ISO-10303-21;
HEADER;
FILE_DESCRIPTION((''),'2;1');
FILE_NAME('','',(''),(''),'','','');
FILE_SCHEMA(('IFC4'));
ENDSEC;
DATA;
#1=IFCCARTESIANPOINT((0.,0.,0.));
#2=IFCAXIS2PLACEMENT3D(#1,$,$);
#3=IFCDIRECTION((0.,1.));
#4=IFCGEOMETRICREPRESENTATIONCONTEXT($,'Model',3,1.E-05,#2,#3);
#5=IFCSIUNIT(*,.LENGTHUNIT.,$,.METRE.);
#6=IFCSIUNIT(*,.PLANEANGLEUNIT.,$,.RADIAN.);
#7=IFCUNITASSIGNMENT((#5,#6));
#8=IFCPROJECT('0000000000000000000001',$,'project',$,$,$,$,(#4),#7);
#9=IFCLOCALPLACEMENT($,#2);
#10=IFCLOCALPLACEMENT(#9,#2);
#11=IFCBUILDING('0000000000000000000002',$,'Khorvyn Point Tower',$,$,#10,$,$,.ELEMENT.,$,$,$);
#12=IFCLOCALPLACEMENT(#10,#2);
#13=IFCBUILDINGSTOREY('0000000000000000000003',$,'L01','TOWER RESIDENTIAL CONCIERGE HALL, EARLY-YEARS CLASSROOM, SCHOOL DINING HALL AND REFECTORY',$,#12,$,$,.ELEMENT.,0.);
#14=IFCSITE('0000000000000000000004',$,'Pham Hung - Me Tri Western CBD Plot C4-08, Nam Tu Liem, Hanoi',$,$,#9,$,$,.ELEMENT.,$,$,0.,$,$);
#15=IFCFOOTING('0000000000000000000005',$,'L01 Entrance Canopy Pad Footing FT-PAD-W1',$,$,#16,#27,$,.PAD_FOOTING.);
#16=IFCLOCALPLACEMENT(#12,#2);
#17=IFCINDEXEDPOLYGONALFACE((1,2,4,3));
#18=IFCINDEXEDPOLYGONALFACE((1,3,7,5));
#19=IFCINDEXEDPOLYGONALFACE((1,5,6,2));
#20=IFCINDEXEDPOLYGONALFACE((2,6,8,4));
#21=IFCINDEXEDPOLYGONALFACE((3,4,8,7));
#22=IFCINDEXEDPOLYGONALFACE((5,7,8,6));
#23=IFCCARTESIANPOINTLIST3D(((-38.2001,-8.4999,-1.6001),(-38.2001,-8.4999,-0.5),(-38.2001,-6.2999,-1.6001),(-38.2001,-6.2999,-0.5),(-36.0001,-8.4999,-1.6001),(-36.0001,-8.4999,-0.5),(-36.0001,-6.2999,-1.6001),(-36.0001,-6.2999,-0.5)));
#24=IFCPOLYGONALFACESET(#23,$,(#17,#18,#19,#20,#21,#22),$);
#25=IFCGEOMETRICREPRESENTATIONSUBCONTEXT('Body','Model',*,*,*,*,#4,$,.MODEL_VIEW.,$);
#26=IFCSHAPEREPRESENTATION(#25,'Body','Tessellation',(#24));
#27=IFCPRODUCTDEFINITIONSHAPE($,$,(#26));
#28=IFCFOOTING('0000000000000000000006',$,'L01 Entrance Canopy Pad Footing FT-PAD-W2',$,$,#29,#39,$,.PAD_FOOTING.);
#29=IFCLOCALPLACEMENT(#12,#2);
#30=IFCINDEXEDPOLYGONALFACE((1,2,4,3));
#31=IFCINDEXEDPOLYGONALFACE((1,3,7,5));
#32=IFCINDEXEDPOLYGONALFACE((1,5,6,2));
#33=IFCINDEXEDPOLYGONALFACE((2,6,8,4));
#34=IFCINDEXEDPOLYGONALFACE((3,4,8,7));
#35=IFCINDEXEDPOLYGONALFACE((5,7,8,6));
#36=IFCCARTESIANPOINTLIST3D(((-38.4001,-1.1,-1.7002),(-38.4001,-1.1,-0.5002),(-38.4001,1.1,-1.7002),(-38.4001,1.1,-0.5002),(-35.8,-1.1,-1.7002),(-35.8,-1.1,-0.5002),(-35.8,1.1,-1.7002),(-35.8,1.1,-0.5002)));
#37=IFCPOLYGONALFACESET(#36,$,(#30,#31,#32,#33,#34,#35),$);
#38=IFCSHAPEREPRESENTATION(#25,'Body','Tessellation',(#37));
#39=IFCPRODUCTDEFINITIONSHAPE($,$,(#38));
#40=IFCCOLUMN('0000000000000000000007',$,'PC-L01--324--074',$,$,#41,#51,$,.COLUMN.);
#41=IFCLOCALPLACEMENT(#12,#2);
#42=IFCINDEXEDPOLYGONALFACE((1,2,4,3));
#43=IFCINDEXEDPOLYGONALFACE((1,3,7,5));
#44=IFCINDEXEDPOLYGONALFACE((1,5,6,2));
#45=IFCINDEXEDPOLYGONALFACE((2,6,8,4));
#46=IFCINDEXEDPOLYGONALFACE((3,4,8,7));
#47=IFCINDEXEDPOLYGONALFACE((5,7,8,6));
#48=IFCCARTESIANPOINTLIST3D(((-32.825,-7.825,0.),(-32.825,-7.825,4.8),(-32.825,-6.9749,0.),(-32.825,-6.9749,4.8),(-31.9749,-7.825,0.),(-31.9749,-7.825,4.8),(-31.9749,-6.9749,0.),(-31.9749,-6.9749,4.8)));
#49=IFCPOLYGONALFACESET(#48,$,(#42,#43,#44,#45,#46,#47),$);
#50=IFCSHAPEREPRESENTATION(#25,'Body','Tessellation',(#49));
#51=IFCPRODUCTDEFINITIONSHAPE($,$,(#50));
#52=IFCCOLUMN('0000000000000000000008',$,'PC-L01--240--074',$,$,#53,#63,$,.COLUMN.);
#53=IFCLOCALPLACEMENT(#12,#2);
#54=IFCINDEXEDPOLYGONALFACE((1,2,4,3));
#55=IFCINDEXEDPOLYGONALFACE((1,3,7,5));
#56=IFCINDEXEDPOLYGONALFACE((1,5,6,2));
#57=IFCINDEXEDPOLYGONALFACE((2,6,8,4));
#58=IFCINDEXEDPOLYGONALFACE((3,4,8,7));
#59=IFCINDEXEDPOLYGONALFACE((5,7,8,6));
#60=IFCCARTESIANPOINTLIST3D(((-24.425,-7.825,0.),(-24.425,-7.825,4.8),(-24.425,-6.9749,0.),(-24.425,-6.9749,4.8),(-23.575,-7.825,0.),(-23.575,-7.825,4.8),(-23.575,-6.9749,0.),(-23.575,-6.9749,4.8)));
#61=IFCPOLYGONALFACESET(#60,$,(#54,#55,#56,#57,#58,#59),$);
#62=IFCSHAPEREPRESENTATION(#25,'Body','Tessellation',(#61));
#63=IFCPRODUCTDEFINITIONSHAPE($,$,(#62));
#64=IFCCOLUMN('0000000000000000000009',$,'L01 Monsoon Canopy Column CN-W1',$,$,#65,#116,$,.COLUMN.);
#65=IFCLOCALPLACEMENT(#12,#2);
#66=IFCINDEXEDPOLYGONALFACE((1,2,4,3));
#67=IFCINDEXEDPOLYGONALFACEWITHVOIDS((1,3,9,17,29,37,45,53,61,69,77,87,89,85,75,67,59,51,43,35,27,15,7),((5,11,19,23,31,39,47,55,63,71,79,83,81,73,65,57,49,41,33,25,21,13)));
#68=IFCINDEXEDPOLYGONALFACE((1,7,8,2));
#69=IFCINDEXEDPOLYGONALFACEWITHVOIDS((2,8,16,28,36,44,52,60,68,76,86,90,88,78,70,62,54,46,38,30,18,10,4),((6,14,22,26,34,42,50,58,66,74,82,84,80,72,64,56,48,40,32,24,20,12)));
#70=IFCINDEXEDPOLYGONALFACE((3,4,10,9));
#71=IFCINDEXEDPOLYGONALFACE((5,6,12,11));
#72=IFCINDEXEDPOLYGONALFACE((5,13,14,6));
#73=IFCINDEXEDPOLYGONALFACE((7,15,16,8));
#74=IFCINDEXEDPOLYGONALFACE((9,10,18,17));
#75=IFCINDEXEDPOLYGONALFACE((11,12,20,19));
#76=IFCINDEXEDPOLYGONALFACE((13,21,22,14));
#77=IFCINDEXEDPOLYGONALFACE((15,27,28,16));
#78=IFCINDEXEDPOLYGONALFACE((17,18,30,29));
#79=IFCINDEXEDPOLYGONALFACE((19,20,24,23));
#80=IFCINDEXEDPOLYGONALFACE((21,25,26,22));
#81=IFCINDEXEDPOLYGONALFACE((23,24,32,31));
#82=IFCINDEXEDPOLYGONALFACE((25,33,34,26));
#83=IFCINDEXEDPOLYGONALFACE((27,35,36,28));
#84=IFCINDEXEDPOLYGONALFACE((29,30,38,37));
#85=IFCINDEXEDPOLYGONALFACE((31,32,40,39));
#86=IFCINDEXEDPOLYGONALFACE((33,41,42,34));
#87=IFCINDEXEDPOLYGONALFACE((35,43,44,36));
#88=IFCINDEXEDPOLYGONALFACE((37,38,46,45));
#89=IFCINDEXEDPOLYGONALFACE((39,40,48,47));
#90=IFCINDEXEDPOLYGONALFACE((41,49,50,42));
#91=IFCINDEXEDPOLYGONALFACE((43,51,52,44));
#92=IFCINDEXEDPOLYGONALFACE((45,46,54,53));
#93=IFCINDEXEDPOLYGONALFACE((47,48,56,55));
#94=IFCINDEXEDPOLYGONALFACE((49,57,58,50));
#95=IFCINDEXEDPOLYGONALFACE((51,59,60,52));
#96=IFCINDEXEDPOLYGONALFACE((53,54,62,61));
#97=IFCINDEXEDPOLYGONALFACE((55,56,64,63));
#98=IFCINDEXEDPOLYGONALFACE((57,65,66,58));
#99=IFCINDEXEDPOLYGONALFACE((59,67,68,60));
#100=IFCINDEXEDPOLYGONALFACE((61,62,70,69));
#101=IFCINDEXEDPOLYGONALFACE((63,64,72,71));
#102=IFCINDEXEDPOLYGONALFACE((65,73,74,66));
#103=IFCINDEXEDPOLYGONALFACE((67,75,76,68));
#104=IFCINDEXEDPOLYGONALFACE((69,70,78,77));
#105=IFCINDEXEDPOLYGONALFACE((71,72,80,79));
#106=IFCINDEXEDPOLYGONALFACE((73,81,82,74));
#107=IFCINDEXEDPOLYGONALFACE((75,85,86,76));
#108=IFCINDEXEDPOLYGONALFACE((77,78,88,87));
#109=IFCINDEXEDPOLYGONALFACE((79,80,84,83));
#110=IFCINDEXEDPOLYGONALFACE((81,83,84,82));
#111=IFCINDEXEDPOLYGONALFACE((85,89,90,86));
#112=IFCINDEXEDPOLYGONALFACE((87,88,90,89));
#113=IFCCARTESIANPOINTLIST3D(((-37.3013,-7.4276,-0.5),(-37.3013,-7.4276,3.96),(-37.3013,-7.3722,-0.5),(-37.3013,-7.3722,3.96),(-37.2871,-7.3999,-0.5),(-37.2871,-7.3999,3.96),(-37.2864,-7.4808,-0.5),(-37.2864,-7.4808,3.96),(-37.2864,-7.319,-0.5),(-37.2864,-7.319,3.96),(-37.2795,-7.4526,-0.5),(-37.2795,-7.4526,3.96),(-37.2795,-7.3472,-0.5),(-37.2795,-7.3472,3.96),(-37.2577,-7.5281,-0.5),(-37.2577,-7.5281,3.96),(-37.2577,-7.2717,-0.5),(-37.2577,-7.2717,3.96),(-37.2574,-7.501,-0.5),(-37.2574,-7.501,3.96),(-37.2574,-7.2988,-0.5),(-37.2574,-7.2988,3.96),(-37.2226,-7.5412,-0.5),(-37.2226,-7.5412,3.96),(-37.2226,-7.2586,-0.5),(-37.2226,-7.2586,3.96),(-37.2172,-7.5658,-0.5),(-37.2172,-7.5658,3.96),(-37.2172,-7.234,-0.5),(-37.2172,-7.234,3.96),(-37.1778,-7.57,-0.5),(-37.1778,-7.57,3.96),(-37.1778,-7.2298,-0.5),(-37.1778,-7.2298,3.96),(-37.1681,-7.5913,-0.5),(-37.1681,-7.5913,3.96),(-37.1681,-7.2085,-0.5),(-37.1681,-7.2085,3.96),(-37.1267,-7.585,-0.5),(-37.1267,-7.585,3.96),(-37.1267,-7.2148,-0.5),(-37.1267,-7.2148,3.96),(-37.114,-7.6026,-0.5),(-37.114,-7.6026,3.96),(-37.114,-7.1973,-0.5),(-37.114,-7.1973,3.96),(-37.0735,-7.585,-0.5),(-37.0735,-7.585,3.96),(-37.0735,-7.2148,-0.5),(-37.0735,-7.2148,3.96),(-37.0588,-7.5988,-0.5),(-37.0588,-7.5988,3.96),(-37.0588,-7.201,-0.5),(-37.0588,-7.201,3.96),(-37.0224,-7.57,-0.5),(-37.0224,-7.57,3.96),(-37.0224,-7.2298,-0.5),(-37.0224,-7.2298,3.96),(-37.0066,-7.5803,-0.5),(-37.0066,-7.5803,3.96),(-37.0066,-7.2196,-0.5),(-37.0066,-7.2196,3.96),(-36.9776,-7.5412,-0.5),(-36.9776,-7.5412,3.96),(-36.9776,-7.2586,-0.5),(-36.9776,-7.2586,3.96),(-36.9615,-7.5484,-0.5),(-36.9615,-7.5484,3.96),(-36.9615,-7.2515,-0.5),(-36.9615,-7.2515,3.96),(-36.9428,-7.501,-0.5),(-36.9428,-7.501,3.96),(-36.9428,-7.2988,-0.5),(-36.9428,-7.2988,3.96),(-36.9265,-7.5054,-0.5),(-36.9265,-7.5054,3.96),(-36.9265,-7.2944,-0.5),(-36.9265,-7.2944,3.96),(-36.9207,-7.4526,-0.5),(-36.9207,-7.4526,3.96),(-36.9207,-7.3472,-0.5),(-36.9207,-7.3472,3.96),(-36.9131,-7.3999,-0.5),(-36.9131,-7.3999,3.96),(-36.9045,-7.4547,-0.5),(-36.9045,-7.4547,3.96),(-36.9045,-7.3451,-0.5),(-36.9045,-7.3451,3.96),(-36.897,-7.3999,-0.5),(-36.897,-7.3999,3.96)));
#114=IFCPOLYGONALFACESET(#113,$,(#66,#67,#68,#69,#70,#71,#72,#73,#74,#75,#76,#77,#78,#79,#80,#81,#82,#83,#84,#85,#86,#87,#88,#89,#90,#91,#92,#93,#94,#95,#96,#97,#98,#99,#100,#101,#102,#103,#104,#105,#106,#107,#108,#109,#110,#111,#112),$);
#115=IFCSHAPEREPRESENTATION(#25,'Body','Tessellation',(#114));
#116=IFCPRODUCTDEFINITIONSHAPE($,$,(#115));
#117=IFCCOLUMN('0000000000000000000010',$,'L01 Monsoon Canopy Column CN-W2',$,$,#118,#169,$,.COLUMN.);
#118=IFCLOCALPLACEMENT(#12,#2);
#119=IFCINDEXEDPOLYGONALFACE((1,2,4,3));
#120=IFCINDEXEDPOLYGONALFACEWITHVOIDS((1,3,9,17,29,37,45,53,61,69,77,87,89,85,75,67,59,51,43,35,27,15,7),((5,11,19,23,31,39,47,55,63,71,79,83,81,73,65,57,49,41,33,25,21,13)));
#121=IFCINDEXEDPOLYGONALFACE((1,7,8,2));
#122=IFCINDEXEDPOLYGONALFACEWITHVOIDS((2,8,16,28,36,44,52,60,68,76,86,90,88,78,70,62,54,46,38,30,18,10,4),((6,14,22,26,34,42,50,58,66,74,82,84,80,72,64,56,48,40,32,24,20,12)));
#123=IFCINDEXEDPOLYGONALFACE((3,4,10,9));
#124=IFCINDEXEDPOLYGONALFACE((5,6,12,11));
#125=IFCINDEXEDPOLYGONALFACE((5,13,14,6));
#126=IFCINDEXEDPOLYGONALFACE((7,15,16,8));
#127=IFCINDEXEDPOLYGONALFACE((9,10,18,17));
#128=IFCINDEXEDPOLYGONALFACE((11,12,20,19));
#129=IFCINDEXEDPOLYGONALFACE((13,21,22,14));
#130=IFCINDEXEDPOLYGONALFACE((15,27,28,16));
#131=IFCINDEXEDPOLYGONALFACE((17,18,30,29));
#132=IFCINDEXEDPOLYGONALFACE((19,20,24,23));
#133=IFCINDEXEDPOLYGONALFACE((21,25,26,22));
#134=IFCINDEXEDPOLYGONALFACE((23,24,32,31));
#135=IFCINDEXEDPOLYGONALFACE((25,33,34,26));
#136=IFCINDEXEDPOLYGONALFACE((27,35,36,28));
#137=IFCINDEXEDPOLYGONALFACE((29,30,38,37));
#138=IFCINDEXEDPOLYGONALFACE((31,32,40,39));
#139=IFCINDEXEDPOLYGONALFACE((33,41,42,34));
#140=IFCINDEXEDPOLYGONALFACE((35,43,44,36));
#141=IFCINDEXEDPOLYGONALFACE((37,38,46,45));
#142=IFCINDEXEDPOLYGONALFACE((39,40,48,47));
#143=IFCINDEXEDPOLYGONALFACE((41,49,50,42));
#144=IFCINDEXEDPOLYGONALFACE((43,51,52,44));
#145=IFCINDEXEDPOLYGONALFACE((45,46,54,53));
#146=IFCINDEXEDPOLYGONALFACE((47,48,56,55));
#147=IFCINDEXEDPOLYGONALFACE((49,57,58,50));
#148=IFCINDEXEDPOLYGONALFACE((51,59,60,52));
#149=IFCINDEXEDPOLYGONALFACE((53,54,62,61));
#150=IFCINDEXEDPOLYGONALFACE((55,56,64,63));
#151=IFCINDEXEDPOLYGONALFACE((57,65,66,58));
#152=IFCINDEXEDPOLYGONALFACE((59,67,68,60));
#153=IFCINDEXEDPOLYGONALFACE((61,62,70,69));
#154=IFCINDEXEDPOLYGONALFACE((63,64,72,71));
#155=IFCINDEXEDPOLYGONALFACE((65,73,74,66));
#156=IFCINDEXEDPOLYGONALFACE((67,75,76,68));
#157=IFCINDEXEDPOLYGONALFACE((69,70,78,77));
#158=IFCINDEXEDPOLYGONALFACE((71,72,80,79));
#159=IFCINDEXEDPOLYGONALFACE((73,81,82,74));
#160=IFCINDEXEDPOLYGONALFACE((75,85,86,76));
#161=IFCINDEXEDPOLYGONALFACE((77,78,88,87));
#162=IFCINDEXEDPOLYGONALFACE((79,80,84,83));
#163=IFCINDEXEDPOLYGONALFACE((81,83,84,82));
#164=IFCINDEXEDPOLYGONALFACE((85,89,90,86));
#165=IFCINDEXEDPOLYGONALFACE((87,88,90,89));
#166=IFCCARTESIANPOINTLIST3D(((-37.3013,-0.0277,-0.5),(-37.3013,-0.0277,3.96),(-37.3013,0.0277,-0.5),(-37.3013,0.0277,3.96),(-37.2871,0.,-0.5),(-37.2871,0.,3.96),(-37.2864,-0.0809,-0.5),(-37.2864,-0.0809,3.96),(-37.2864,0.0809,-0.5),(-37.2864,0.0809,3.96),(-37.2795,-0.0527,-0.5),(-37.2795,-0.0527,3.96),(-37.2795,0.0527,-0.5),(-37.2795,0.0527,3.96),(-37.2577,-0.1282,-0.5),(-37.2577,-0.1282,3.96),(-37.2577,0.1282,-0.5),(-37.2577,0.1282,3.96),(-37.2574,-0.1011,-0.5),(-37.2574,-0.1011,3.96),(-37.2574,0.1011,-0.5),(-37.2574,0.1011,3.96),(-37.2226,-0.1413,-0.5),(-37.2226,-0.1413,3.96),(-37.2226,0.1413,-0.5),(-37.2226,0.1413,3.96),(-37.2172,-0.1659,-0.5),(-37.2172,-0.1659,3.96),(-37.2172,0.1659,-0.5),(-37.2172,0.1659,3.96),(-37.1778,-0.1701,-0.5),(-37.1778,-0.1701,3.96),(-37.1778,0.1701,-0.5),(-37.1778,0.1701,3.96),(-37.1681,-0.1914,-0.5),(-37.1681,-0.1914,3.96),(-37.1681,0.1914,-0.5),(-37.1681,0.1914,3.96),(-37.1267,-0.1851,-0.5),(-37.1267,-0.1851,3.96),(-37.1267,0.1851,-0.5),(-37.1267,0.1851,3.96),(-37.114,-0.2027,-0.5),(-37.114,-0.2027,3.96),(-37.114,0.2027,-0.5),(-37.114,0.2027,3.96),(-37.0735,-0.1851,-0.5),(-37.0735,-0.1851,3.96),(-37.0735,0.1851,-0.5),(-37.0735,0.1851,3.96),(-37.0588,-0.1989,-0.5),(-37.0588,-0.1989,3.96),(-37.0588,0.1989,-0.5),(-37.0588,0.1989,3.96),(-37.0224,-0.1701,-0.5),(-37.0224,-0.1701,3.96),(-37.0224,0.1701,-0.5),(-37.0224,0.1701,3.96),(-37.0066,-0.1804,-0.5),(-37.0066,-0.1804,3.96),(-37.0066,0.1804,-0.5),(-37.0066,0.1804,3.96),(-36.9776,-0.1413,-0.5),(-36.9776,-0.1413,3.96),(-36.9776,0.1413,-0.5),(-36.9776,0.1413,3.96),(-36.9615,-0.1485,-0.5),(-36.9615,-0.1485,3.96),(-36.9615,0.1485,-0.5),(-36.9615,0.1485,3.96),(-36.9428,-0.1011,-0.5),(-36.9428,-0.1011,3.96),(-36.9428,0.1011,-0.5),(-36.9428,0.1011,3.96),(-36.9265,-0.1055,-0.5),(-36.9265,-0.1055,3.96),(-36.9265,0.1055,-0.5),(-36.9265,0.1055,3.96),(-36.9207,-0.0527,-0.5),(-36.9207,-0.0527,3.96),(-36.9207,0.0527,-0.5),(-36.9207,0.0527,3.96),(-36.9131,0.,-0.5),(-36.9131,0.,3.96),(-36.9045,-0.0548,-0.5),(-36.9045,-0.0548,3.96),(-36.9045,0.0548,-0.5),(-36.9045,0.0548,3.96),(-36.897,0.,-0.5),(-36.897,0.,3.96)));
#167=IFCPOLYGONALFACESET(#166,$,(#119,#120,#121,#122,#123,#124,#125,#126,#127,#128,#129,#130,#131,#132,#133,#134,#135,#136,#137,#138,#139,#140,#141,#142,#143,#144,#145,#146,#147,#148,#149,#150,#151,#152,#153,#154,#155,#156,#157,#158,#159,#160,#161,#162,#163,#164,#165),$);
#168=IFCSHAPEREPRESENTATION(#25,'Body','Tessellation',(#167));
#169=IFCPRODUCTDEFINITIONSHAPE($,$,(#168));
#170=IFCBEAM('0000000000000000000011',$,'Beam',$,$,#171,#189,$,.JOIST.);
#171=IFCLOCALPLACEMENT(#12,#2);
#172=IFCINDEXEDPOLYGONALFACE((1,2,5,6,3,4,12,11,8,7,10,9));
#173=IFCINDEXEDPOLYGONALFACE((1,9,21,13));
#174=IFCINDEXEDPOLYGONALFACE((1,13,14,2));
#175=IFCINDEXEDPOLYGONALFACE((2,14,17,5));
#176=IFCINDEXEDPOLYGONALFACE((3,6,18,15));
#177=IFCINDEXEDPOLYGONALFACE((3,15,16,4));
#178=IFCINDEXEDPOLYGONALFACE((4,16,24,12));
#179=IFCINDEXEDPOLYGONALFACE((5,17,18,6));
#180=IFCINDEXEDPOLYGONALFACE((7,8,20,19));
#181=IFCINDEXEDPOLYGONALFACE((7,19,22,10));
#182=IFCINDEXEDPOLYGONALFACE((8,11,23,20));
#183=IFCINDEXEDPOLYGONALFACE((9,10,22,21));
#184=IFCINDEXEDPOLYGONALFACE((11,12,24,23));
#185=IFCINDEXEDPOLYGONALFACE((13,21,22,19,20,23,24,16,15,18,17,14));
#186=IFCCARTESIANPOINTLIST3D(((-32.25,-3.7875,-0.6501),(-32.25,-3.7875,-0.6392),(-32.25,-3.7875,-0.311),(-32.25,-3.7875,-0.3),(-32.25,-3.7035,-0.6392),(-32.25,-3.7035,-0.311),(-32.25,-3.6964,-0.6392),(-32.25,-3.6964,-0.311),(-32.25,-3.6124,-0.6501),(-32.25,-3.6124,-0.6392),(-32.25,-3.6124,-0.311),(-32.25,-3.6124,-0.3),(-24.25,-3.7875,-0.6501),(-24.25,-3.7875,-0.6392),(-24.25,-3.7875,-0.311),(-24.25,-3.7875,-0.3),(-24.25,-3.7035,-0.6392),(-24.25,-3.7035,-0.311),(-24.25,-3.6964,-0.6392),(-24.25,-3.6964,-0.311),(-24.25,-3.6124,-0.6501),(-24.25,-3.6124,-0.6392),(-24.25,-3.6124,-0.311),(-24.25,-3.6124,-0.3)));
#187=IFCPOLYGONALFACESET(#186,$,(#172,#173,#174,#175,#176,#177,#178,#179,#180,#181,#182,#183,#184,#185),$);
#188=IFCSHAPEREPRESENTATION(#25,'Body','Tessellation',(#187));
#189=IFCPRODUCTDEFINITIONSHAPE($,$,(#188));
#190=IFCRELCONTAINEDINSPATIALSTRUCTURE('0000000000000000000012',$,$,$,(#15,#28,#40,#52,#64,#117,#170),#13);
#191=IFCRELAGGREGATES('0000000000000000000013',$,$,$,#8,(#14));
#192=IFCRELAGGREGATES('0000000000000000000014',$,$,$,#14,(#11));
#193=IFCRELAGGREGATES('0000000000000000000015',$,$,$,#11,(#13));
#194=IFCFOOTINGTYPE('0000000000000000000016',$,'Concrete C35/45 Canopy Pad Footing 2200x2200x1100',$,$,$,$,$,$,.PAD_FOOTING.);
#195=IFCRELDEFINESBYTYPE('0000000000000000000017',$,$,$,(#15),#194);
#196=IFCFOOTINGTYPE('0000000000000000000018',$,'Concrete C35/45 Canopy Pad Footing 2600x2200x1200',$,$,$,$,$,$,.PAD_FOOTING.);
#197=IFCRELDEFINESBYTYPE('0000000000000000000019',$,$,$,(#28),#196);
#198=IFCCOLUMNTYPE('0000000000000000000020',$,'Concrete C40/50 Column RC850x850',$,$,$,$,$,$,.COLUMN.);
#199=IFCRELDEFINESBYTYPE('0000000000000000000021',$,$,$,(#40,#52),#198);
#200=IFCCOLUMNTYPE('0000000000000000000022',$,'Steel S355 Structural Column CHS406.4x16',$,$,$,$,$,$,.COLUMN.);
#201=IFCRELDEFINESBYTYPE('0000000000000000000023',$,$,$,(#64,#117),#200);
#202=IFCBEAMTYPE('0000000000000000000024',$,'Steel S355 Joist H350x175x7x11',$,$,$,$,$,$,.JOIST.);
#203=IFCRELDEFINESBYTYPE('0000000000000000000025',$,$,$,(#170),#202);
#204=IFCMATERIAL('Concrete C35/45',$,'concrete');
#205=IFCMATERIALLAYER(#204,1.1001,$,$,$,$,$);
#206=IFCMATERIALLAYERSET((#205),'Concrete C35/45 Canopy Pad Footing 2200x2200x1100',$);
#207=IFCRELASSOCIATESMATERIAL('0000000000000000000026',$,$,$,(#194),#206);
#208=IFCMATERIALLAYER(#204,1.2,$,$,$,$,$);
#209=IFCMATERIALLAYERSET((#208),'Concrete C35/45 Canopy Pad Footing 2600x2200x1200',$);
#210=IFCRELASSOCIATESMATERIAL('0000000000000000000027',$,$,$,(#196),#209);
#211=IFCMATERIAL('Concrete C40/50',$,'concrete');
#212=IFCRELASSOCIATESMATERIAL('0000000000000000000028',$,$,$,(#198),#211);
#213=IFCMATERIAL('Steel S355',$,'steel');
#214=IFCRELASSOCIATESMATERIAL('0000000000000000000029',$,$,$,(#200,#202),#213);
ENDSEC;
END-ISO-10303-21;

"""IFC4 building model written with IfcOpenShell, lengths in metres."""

from ifc_helpers import new_model, si_unit, direction, frame, origin, origin_2d, place, context, subcontext, project, spatial, rectangle, hollow_circle, i_section, extrude, material, layer, layer_set, material_profile, profile_set, type_object, element, save


model = new_model("IFC4")

# Units and contexts
model_context = context("Model", 3, precision=1e-05, world=origin(), true_north=direction((0.0, 1.0)))
body_context = subcontext(model_context, "Body", "Model", "MODEL_VIEW")
ifc_project = project(units=[si_unit("LENGTHUNIT", "METRE"), si_unit("PLANEANGLEUNIT", "RADIAN")], contexts=[model_context])

# Site, building, storey
site_placement = place(None, origin())
site = spatial("IfcSite", under=ifc_project, at=site_placement, Name="Pham Hung - Me Tri Western CBD Plot C4-08, Nam Tu Liem, Hanoi", CompositionType="ELEMENT", RefElevation=0.0)
building_placement = place(site_placement, origin())
building = spatial("IfcBuilding", under=site, at=building_placement, Name="Khorvyn Point Tower", CompositionType="ELEMENT")
storey_placement = place(building_placement, origin())
storey = spatial("IfcBuildingStorey", under=building, at=storey_placement, Name="L01", Description="TOWER RESIDENTIAL CONCIERGE HALL, EARLY-YEARS CLASSROOM, SCHOOL DINING HALL AND REFECTORY", CompositionType="ELEMENT", Elevation=0.0)

# Footings
ifc_material_1 = material(Name="Concrete C35/45", Category="concrete")
ifc_layer_1 = layer(ifc_material_1, 1.1001)
ifc_layer_set_1 = layer_set([ifc_layer_1], Name="Concrete C35/45 Canopy Pad Footing 2200x2200x1100")
footing_type_1 = type_object("IfcFootingType", Name="Concrete C35/45 Canopy Pad Footing 2200x2200x1100", PredefinedType="PAD_FOOTING", material=ifc_layer_set_1)
footing_1_placement = place(storey_placement, frame((-37.1001, -7.3999, -1.6001), z_axis=(0.0, 0.0, 1.0), x_axis=(1.0, 0.0, 0.0)))
element("IfcFooting", 1, at=footing_1_placement, inside=storey, type_object=footing_type_1, Name="L01 Entrance Canopy Pad Footing FT-PAD-W1", PredefinedType="PAD_FOOTING", context=body_context, shape_type="SweptSolid", body=[
    extrude(rectangle(XDim=2.2, YDim=2.2, at=origin_2d()), origin(), (0.0, 0.0, 1.0), 1.1001),
])
ifc_layer_2 = layer(ifc_material_1, 1.2)
ifc_layer_set_2 = layer_set([ifc_layer_2], Name="Concrete C35/45 Canopy Pad Footing 2600x2200x1200")
footing_type_2 = type_object("IfcFootingType", Name="Concrete C35/45 Canopy Pad Footing 2600x2200x1200", PredefinedType="PAD_FOOTING", material=ifc_layer_set_2)
footing_2_placement = place(storey_placement, frame((-37.1001, 0.0, -1.7002), z_axis=(0.0, 0.0, 1.0), x_axis=(1.0, 0.0, 0.0)))
element("IfcFooting", 2, at=footing_2_placement, inside=storey, type_object=footing_type_2, Name="L01 Entrance Canopy Pad Footing FT-PAD-W2", PredefinedType="PAD_FOOTING", context=body_context, shape_type="SweptSolid", body=[
    extrude(rectangle(XDim=2.6001, YDim=2.2, at=origin_2d()), origin(), (0.0, 0.0, 1.0), 1.2),
])

# Columns
ifc_material_2 = material(Name="Concrete C40/50", Category="concrete")
ifc_material_profile_1 = material_profile(ifc_material_2, rectangle(XDim=0.8501, YDim=0.8501, at=origin_2d()))
ifc_profile_set_1 = profile_set([ifc_material_profile_1], Name="Concrete C40/50 RC850x850")
column_type_1 = type_object("IfcColumnType", Name="Concrete C40/50 Column RC850x850", PredefinedType="COLUMN", material=ifc_profile_set_1)
for number, where, z_axis, x_axis, name in (
    (3, (-32.3999, -7.3999, 0.0), (0.0, 0.0, 1.0), (1.0, 0.0, 0.0), "PC-L01--324--074"),
    (4, (-24.0, -7.3999, 0.0), (0.0, 0.0, 1.0), (1.0, 0.0, 0.0), "PC-L01--240--074"),
):
    element("IfcColumn", number, at=place(storey_placement, frame(where, z_axis=z_axis, x_axis=x_axis)), inside=storey, type_object=column_type_1, Name=name, PredefinedType="COLUMN", context=body_context, shape_type="SweptSolid", body=[
        extrude(rectangle(XDim=0.8501, YDim=0.8501, at=origin_2d()), origin(), (0.0, 0.0, 1.0), 4.8),
    ])
ifc_material_3 = material(Name="Steel S355", Category="steel")
ifc_material_profile_2 = material_profile(ifc_material_3, hollow_circle(Radius=0.2031, WallThickness=0.0161, at=origin_2d()))
ifc_profile_set_2 = profile_set([ifc_material_profile_2], Name="Steel S355 CHS406.4x16")
column_type_2 = type_object("IfcColumnType", Name="Steel S355 Structural Column CHS406.4x16", PredefinedType="COLUMN", material=ifc_profile_set_2)
for number, where, z_axis, x_axis, name in (
    (5, (-37.1001, -7.3999, -0.5), (0.0, 0.0, 1.0), (1.0, 0.0, 0.0), "L01 Monsoon Canopy Column CN-W1"),
    (6, (-37.1001, 0.0, -0.5), (0.0, 0.0, 1.0), (1.0, 0.0, 0.0), "L01 Monsoon Canopy Column CN-W2"),
):
    element("IfcColumn", number, at=place(storey_placement, frame(where, z_axis=z_axis, x_axis=x_axis)), inside=storey, type_object=column_type_2, Name=name, PredefinedType="COLUMN", context=body_context, shape_type="SweptSolid", body=[
        extrude(hollow_circle(Radius=0.2031, WallThickness=0.0161, at=origin_2d()), origin(), (0.0, 0.0, 1.0), 4.46),
    ])

# Beam
ifc_material_profile_3 = material_profile(ifc_material_3, i_section(OverallWidth=0.175, OverallDepth=0.3501, WebThickness=0.0071, FlangeThickness=0.011, at=origin_2d()))
ifc_profile_set_3 = profile_set([ifc_material_profile_3], Name="Steel S355 H350x175x7x11")
beam_type_1 = type_object("IfcBeamType", Name="Steel S355 Joist H350x175x7x11", PredefinedType="JOIST", material=ifc_profile_set_3)
beam_1_placement = place(storey_placement, frame((-32.25, -3.7, -0.4751), z_axis=(1.0, 0.0, 0.0), x_axis=(0.0, 1.0, 0.0)))
element("IfcBeam", 7, at=beam_1_placement, inside=storey, type_object=beam_type_1, Name="Beam", PredefinedType="JOIST", context=body_context, shape_type="SweptSolid", body=[
    extrude(i_section(OverallWidth=0.175, OverallDepth=0.3501, WebThickness=0.0071, FlangeThickness=0.011, at=origin_2d()), origin(), (0.0, 0.0, 1.0), 8.0),
])

save(model, "model.ifc")
